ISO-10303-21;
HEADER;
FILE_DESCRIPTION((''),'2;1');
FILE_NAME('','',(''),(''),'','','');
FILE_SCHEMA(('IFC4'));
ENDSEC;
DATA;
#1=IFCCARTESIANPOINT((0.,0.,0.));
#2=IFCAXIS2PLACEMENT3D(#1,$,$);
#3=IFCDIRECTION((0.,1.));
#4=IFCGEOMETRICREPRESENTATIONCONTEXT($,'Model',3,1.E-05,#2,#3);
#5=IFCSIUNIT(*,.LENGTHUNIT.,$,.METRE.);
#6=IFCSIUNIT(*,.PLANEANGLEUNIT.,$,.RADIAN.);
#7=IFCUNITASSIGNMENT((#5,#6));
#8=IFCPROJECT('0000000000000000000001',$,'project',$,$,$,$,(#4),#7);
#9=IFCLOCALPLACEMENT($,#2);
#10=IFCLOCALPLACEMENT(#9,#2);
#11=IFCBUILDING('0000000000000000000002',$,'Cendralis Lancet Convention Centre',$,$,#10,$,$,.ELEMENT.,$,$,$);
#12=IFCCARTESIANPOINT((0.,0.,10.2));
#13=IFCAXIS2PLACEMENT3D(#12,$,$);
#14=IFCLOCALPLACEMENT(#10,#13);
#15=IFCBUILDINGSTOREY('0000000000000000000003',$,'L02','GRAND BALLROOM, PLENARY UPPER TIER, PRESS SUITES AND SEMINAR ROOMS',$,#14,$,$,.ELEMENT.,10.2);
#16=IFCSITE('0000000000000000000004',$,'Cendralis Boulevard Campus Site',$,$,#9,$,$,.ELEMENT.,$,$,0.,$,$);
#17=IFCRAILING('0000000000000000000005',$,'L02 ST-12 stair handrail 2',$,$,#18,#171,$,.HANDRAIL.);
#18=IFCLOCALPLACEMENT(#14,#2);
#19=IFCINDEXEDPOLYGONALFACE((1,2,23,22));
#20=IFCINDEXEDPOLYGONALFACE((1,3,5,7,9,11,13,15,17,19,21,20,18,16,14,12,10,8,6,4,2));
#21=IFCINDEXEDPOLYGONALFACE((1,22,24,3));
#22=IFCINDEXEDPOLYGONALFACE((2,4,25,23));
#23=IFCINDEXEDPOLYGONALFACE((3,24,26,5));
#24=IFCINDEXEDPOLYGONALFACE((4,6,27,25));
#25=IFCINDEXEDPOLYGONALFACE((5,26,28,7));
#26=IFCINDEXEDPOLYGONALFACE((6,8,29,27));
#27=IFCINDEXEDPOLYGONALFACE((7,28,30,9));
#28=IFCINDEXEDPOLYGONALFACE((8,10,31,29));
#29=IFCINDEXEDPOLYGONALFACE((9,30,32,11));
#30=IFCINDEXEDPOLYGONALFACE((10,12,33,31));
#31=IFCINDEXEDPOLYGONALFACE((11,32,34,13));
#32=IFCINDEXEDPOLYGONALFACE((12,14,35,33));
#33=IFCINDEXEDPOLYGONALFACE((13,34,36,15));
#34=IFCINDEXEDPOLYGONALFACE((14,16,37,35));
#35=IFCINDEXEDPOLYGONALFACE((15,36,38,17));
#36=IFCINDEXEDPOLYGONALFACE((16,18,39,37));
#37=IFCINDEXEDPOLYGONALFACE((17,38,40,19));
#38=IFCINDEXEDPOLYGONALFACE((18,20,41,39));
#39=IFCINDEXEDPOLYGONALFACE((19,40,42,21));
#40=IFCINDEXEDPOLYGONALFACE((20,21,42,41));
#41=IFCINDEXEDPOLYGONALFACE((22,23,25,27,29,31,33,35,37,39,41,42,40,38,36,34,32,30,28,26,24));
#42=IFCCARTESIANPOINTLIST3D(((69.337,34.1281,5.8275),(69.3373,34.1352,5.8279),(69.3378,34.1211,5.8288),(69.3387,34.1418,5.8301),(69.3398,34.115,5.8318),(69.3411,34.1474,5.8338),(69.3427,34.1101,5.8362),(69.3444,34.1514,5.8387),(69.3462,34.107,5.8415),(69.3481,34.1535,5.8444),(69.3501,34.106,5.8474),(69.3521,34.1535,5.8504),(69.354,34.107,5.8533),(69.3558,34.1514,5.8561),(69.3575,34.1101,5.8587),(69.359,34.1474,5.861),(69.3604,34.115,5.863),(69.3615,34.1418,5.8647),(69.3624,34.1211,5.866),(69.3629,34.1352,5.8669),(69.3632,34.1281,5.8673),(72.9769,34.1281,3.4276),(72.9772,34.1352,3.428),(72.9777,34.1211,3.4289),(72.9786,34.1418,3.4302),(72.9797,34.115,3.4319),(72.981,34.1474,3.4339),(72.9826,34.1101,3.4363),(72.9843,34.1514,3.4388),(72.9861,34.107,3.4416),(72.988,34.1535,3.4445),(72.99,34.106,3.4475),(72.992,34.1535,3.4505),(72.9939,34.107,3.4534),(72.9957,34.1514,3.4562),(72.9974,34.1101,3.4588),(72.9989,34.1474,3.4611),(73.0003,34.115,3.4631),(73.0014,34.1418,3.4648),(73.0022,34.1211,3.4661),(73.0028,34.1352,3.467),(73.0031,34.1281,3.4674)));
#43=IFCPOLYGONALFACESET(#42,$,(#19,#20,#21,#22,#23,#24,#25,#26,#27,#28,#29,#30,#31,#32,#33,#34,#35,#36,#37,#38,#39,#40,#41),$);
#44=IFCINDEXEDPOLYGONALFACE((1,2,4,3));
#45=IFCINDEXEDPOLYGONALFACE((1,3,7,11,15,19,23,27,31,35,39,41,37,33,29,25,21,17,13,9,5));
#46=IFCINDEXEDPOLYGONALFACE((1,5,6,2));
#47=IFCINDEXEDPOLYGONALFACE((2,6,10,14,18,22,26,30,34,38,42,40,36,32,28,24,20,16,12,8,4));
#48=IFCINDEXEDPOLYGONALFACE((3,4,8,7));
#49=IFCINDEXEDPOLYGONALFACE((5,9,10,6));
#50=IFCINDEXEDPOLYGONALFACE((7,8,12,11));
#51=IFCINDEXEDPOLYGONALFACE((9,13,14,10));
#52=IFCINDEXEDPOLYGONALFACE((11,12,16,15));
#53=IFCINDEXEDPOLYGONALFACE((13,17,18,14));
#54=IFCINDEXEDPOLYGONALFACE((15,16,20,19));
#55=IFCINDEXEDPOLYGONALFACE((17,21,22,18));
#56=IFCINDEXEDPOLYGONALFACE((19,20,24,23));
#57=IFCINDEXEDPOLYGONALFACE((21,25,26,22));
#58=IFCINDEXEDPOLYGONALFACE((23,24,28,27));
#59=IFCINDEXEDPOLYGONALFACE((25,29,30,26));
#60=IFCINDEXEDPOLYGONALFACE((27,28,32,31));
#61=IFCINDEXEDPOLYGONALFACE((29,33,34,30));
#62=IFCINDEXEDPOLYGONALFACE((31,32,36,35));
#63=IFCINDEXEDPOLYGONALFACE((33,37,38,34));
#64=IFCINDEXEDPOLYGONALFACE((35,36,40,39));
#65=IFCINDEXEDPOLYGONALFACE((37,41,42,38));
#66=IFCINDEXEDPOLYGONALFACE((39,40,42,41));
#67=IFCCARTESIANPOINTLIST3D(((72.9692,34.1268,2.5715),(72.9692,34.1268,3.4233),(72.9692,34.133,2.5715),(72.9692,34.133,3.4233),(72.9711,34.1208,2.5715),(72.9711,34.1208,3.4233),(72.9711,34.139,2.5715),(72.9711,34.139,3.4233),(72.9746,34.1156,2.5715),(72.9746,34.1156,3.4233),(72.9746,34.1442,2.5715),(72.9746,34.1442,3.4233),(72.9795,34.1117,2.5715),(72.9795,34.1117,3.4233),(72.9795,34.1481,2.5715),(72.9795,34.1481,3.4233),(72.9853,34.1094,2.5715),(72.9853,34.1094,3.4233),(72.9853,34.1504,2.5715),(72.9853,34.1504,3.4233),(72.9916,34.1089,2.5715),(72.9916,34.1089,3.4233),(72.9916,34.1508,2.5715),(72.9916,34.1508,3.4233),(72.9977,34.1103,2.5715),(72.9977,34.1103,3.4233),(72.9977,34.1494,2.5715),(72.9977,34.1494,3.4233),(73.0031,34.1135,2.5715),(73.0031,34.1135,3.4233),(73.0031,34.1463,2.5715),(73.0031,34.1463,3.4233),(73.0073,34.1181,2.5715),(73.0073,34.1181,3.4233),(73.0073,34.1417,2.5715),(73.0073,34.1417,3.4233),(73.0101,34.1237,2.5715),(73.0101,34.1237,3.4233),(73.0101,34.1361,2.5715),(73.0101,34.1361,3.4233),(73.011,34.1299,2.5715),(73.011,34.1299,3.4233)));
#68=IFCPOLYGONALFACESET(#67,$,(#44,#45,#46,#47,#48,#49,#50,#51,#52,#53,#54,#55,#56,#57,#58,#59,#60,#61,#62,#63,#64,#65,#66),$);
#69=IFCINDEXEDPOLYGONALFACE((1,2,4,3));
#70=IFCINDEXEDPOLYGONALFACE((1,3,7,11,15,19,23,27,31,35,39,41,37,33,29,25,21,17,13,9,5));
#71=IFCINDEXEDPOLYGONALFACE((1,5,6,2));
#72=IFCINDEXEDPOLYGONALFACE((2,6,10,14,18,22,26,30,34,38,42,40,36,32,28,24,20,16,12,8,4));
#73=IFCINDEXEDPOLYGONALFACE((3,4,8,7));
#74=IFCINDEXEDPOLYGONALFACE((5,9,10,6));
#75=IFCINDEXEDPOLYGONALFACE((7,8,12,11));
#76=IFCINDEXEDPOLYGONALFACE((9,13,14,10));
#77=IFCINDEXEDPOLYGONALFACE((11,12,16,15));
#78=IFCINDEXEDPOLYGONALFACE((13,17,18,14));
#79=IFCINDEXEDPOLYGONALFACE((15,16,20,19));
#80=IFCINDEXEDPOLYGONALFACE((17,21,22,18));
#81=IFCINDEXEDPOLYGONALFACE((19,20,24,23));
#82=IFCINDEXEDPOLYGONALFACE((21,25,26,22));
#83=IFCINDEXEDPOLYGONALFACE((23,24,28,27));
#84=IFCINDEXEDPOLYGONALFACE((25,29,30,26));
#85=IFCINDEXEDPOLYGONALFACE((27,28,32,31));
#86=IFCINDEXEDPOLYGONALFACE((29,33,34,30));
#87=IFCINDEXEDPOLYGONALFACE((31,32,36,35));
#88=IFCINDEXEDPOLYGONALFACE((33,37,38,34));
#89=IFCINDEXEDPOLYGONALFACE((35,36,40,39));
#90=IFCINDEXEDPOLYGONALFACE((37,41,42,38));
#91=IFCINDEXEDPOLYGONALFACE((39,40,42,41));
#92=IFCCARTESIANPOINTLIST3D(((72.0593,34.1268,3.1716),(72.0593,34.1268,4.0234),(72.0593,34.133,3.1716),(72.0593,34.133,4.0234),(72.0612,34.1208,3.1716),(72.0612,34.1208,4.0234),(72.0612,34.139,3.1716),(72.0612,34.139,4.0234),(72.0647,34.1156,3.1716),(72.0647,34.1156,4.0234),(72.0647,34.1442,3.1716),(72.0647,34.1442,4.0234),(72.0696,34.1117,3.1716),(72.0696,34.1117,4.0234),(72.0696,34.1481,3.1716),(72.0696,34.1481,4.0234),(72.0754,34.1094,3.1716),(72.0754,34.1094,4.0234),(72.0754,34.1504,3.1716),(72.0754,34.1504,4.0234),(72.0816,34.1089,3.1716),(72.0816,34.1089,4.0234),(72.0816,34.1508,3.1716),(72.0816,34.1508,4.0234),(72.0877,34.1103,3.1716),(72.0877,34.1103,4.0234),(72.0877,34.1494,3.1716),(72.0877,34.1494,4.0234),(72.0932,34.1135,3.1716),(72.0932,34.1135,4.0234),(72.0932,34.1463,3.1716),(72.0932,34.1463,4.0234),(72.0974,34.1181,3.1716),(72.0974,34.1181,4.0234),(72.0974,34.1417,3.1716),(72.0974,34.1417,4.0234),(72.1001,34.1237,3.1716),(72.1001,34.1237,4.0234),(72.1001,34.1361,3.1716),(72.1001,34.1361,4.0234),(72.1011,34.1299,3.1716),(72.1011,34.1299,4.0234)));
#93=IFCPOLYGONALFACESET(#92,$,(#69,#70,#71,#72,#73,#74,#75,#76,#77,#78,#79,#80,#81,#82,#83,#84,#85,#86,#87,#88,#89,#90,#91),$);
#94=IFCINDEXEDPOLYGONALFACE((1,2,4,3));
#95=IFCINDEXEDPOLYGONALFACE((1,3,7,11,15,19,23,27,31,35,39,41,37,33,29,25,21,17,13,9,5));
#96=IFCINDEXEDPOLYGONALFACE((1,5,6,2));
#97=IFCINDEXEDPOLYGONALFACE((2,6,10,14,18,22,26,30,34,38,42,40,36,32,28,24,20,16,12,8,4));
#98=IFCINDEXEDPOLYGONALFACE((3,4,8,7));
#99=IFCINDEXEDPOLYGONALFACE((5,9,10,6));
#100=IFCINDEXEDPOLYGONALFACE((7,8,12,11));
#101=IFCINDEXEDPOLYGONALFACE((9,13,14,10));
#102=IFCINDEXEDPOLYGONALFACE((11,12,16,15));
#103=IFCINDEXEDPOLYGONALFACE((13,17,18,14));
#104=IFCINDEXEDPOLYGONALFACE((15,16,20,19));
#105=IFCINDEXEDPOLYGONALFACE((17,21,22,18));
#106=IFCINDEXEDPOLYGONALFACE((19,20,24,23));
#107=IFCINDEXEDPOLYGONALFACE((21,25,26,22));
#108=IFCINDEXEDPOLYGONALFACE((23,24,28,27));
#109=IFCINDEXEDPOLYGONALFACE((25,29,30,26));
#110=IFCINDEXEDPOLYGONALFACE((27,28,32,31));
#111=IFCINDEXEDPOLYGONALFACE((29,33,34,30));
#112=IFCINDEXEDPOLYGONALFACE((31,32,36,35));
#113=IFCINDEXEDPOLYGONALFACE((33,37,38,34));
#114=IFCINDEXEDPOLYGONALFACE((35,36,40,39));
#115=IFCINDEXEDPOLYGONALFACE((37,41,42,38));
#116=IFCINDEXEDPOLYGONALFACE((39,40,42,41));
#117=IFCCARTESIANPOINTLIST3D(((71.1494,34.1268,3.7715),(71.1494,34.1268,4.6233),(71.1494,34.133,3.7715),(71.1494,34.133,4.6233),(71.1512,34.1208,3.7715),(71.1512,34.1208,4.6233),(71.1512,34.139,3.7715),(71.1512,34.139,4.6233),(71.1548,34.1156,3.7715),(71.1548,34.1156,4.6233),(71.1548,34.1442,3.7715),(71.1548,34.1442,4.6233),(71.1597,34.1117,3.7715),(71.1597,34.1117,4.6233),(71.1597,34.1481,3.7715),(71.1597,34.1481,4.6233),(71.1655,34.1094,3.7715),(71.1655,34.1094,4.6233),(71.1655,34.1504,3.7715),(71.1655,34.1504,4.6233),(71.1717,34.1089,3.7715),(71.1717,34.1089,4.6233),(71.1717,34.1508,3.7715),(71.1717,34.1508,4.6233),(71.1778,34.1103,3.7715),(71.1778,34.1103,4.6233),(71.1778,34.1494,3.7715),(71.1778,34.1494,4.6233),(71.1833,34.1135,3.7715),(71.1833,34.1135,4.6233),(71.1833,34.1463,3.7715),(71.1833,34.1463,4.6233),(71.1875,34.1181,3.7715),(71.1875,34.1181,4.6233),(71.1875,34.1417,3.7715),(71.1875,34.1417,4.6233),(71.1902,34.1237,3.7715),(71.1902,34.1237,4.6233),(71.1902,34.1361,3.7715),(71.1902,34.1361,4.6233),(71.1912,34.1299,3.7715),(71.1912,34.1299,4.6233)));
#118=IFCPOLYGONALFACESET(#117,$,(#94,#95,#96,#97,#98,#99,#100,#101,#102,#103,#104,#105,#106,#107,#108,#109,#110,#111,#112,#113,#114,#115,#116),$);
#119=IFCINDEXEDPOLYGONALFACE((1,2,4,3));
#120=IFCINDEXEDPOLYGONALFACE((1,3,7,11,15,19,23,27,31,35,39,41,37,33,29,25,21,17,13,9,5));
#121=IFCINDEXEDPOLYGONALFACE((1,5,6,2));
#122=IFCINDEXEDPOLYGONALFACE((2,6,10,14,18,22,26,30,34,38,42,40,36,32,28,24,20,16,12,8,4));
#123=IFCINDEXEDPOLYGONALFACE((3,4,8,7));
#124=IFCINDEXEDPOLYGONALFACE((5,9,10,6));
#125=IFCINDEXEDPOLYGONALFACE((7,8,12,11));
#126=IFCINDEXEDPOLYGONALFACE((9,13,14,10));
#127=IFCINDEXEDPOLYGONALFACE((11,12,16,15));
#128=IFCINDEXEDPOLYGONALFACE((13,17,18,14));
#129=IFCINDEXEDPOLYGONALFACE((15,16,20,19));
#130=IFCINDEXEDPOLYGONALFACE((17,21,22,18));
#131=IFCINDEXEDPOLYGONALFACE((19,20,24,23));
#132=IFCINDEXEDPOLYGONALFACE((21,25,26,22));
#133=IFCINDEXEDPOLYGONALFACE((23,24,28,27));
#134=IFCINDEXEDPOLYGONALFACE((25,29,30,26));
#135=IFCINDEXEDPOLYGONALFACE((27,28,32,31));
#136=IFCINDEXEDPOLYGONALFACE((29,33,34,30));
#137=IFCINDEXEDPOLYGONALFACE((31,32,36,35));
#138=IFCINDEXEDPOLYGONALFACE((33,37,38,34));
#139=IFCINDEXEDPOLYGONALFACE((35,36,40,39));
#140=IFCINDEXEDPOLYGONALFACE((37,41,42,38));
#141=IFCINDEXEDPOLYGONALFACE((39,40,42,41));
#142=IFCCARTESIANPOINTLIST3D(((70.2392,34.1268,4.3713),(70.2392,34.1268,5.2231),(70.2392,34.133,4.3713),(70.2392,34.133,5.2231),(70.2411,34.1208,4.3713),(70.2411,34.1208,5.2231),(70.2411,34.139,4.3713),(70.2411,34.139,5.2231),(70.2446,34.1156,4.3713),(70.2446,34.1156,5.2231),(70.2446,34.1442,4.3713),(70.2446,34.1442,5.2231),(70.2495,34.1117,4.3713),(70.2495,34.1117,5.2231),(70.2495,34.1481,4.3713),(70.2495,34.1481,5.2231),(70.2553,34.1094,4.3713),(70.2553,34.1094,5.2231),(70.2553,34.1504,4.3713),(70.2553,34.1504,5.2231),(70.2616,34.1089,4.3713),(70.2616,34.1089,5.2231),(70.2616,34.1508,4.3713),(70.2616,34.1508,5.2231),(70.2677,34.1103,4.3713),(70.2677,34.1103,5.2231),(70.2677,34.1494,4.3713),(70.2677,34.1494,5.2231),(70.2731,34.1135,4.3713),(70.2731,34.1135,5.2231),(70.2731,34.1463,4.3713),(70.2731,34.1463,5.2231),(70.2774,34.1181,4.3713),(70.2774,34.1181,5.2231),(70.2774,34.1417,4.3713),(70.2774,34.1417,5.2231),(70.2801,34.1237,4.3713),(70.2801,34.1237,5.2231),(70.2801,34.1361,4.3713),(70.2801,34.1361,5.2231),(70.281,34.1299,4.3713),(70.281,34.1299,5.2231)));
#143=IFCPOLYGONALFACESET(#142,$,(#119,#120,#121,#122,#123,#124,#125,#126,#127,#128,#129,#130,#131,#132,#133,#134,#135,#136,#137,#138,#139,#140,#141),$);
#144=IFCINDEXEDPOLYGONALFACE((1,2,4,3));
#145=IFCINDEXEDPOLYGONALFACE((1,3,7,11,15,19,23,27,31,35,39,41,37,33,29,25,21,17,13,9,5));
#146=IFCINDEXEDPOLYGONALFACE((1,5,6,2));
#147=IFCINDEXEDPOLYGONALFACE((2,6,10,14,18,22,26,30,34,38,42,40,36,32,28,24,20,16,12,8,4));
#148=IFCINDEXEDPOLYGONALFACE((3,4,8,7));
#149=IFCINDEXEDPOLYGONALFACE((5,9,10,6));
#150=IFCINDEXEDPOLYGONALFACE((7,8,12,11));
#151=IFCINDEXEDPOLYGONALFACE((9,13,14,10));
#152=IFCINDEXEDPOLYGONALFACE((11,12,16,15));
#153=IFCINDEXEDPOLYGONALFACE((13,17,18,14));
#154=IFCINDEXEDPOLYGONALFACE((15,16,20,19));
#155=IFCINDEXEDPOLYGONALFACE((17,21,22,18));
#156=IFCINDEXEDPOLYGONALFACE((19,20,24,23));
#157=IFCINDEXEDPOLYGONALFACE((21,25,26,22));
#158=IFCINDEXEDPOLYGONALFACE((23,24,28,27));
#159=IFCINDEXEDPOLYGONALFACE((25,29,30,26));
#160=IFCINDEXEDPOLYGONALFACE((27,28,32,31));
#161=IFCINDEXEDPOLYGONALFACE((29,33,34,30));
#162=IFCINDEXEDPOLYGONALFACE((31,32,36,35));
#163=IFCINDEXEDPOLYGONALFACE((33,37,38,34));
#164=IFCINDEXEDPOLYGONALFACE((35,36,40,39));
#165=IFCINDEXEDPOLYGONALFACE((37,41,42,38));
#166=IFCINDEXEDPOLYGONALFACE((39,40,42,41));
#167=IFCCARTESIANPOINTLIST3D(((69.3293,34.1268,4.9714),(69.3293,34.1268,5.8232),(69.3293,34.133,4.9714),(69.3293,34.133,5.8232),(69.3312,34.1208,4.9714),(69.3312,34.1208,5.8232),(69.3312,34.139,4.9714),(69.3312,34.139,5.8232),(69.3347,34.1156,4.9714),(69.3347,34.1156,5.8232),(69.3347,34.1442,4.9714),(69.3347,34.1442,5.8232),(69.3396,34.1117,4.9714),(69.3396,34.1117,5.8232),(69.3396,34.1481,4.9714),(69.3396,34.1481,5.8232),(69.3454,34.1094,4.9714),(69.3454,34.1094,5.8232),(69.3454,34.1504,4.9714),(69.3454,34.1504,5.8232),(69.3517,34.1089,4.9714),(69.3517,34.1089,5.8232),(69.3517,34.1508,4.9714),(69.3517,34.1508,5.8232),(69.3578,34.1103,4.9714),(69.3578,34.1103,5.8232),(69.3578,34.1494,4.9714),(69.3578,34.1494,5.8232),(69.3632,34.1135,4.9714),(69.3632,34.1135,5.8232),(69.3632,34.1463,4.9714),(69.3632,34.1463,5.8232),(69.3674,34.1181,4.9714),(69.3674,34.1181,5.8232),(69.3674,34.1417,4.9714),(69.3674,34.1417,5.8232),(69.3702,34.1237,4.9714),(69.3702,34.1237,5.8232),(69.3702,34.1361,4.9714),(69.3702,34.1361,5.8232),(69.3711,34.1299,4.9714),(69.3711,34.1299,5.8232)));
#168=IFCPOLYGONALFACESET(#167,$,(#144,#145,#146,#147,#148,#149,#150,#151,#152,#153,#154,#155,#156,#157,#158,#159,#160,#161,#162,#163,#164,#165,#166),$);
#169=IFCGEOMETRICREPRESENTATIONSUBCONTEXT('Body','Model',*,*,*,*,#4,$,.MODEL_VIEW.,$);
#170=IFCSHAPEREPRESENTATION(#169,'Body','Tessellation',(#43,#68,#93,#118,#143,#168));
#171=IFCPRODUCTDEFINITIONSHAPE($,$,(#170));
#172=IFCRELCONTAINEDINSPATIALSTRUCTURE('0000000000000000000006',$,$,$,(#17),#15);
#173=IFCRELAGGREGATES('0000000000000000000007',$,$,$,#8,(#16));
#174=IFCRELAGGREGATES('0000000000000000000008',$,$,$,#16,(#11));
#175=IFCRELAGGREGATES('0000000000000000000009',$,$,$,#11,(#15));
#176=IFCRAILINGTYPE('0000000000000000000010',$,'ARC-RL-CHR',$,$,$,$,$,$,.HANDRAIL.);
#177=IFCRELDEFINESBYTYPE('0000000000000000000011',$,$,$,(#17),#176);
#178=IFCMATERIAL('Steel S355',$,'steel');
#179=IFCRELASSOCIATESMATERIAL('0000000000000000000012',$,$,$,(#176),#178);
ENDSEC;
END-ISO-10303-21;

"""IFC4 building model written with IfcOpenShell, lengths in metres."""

from ifc_helpers import new_model, si_unit, direction, frame, origin, origin_2d, place, context, subcontext, project, spatial, circle, extrude, material, type_object, element, save


model = new_model("IFC4")

# Units and contexts
model_context = context("Model", 3, precision=1e-05, world=origin(), true_north=direction((0.0, 1.0)))
body_context = subcontext(model_context, "Body", "Model", "MODEL_VIEW")
ifc_project = project(units=[si_unit("LENGTHUNIT", "METRE"), si_unit("PLANEANGLEUNIT", "RADIAN")], contexts=[model_context])

# Site, building, storey
site_placement = place(None, origin())
site = spatial("IfcSite", under=ifc_project, at=site_placement, Name="Cendralis Boulevard Campus Site", CompositionType="ELEMENT", RefElevation=0.0)
building_placement = place(site_placement, origin())
building = spatial("IfcBuilding", under=site, at=building_placement, Name="Cendralis Lancet Convention Centre", CompositionType="ELEMENT")
storey_placement = place(building_placement, frame((0.0, 0.0, 10.2)))
storey = spatial("IfcBuildingStorey", under=building, at=storey_placement, Name="L02", Description="GRAND BALLROOM, PLENARY UPPER TIER, PRESS SUITES AND SEMINAR ROOMS", CompositionType="ELEMENT", Elevation=10.2)

# Shared definitions
ifc_material_1 = material(Name="Steel S355", Category="steel")

# Railing
railing_type_1 = type_object("IfcRailingType", Name="ARC-RL-CHR", PredefinedType="HANDRAIL", material=ifc_material_1)
railing_1_placement = place(storey_placement, frame((72.99, 34.1299, 2.5715)))
element("IfcRailing", 1, at=railing_1_placement, inside=storey, type_object=railing_type_1, Name="L02 ST-12 stair handrail 2", PredefinedType="HANDRAIL", context=body_context, shape_type="SweptSolid", body=[
    extrude(circle(Radius=0.0239, at=origin_2d()), frame((0.0, 0.0, 0.876), z_axis=(-0.834865, 0.0, 0.550454), x_axis=(0.0, -1.0, 0.0)), (0.0, 0.0, 1.0), 4.3599),
    extrude(circle(Radius=0.021, at=origin_2d()), origin(), (0.0, 0.0, 1.0), 0.8518),
    extrude(circle(Radius=0.021, at=origin_2d()), frame((-0.9099, 0.0, 0.6001)), (0.0, 0.0, 1.0), 0.8518),
    extrude(circle(Radius=0.021, at=origin_2d()), frame((-1.8198, 0.0, 1.2)), (0.0, 0.0, 1.0), 0.8518),
    extrude(circle(Radius=0.021, at=origin_2d()), frame((-2.73, 0.0, 1.7998)), (0.0, 0.0, 1.0), 0.8518),
    extrude(circle(Radius=0.021, at=origin_2d()), frame((-3.6399, 0.0, 2.3999)), (0.0, 0.0, 1.0), 0.8518),
])

save(model, "model.ifc")
